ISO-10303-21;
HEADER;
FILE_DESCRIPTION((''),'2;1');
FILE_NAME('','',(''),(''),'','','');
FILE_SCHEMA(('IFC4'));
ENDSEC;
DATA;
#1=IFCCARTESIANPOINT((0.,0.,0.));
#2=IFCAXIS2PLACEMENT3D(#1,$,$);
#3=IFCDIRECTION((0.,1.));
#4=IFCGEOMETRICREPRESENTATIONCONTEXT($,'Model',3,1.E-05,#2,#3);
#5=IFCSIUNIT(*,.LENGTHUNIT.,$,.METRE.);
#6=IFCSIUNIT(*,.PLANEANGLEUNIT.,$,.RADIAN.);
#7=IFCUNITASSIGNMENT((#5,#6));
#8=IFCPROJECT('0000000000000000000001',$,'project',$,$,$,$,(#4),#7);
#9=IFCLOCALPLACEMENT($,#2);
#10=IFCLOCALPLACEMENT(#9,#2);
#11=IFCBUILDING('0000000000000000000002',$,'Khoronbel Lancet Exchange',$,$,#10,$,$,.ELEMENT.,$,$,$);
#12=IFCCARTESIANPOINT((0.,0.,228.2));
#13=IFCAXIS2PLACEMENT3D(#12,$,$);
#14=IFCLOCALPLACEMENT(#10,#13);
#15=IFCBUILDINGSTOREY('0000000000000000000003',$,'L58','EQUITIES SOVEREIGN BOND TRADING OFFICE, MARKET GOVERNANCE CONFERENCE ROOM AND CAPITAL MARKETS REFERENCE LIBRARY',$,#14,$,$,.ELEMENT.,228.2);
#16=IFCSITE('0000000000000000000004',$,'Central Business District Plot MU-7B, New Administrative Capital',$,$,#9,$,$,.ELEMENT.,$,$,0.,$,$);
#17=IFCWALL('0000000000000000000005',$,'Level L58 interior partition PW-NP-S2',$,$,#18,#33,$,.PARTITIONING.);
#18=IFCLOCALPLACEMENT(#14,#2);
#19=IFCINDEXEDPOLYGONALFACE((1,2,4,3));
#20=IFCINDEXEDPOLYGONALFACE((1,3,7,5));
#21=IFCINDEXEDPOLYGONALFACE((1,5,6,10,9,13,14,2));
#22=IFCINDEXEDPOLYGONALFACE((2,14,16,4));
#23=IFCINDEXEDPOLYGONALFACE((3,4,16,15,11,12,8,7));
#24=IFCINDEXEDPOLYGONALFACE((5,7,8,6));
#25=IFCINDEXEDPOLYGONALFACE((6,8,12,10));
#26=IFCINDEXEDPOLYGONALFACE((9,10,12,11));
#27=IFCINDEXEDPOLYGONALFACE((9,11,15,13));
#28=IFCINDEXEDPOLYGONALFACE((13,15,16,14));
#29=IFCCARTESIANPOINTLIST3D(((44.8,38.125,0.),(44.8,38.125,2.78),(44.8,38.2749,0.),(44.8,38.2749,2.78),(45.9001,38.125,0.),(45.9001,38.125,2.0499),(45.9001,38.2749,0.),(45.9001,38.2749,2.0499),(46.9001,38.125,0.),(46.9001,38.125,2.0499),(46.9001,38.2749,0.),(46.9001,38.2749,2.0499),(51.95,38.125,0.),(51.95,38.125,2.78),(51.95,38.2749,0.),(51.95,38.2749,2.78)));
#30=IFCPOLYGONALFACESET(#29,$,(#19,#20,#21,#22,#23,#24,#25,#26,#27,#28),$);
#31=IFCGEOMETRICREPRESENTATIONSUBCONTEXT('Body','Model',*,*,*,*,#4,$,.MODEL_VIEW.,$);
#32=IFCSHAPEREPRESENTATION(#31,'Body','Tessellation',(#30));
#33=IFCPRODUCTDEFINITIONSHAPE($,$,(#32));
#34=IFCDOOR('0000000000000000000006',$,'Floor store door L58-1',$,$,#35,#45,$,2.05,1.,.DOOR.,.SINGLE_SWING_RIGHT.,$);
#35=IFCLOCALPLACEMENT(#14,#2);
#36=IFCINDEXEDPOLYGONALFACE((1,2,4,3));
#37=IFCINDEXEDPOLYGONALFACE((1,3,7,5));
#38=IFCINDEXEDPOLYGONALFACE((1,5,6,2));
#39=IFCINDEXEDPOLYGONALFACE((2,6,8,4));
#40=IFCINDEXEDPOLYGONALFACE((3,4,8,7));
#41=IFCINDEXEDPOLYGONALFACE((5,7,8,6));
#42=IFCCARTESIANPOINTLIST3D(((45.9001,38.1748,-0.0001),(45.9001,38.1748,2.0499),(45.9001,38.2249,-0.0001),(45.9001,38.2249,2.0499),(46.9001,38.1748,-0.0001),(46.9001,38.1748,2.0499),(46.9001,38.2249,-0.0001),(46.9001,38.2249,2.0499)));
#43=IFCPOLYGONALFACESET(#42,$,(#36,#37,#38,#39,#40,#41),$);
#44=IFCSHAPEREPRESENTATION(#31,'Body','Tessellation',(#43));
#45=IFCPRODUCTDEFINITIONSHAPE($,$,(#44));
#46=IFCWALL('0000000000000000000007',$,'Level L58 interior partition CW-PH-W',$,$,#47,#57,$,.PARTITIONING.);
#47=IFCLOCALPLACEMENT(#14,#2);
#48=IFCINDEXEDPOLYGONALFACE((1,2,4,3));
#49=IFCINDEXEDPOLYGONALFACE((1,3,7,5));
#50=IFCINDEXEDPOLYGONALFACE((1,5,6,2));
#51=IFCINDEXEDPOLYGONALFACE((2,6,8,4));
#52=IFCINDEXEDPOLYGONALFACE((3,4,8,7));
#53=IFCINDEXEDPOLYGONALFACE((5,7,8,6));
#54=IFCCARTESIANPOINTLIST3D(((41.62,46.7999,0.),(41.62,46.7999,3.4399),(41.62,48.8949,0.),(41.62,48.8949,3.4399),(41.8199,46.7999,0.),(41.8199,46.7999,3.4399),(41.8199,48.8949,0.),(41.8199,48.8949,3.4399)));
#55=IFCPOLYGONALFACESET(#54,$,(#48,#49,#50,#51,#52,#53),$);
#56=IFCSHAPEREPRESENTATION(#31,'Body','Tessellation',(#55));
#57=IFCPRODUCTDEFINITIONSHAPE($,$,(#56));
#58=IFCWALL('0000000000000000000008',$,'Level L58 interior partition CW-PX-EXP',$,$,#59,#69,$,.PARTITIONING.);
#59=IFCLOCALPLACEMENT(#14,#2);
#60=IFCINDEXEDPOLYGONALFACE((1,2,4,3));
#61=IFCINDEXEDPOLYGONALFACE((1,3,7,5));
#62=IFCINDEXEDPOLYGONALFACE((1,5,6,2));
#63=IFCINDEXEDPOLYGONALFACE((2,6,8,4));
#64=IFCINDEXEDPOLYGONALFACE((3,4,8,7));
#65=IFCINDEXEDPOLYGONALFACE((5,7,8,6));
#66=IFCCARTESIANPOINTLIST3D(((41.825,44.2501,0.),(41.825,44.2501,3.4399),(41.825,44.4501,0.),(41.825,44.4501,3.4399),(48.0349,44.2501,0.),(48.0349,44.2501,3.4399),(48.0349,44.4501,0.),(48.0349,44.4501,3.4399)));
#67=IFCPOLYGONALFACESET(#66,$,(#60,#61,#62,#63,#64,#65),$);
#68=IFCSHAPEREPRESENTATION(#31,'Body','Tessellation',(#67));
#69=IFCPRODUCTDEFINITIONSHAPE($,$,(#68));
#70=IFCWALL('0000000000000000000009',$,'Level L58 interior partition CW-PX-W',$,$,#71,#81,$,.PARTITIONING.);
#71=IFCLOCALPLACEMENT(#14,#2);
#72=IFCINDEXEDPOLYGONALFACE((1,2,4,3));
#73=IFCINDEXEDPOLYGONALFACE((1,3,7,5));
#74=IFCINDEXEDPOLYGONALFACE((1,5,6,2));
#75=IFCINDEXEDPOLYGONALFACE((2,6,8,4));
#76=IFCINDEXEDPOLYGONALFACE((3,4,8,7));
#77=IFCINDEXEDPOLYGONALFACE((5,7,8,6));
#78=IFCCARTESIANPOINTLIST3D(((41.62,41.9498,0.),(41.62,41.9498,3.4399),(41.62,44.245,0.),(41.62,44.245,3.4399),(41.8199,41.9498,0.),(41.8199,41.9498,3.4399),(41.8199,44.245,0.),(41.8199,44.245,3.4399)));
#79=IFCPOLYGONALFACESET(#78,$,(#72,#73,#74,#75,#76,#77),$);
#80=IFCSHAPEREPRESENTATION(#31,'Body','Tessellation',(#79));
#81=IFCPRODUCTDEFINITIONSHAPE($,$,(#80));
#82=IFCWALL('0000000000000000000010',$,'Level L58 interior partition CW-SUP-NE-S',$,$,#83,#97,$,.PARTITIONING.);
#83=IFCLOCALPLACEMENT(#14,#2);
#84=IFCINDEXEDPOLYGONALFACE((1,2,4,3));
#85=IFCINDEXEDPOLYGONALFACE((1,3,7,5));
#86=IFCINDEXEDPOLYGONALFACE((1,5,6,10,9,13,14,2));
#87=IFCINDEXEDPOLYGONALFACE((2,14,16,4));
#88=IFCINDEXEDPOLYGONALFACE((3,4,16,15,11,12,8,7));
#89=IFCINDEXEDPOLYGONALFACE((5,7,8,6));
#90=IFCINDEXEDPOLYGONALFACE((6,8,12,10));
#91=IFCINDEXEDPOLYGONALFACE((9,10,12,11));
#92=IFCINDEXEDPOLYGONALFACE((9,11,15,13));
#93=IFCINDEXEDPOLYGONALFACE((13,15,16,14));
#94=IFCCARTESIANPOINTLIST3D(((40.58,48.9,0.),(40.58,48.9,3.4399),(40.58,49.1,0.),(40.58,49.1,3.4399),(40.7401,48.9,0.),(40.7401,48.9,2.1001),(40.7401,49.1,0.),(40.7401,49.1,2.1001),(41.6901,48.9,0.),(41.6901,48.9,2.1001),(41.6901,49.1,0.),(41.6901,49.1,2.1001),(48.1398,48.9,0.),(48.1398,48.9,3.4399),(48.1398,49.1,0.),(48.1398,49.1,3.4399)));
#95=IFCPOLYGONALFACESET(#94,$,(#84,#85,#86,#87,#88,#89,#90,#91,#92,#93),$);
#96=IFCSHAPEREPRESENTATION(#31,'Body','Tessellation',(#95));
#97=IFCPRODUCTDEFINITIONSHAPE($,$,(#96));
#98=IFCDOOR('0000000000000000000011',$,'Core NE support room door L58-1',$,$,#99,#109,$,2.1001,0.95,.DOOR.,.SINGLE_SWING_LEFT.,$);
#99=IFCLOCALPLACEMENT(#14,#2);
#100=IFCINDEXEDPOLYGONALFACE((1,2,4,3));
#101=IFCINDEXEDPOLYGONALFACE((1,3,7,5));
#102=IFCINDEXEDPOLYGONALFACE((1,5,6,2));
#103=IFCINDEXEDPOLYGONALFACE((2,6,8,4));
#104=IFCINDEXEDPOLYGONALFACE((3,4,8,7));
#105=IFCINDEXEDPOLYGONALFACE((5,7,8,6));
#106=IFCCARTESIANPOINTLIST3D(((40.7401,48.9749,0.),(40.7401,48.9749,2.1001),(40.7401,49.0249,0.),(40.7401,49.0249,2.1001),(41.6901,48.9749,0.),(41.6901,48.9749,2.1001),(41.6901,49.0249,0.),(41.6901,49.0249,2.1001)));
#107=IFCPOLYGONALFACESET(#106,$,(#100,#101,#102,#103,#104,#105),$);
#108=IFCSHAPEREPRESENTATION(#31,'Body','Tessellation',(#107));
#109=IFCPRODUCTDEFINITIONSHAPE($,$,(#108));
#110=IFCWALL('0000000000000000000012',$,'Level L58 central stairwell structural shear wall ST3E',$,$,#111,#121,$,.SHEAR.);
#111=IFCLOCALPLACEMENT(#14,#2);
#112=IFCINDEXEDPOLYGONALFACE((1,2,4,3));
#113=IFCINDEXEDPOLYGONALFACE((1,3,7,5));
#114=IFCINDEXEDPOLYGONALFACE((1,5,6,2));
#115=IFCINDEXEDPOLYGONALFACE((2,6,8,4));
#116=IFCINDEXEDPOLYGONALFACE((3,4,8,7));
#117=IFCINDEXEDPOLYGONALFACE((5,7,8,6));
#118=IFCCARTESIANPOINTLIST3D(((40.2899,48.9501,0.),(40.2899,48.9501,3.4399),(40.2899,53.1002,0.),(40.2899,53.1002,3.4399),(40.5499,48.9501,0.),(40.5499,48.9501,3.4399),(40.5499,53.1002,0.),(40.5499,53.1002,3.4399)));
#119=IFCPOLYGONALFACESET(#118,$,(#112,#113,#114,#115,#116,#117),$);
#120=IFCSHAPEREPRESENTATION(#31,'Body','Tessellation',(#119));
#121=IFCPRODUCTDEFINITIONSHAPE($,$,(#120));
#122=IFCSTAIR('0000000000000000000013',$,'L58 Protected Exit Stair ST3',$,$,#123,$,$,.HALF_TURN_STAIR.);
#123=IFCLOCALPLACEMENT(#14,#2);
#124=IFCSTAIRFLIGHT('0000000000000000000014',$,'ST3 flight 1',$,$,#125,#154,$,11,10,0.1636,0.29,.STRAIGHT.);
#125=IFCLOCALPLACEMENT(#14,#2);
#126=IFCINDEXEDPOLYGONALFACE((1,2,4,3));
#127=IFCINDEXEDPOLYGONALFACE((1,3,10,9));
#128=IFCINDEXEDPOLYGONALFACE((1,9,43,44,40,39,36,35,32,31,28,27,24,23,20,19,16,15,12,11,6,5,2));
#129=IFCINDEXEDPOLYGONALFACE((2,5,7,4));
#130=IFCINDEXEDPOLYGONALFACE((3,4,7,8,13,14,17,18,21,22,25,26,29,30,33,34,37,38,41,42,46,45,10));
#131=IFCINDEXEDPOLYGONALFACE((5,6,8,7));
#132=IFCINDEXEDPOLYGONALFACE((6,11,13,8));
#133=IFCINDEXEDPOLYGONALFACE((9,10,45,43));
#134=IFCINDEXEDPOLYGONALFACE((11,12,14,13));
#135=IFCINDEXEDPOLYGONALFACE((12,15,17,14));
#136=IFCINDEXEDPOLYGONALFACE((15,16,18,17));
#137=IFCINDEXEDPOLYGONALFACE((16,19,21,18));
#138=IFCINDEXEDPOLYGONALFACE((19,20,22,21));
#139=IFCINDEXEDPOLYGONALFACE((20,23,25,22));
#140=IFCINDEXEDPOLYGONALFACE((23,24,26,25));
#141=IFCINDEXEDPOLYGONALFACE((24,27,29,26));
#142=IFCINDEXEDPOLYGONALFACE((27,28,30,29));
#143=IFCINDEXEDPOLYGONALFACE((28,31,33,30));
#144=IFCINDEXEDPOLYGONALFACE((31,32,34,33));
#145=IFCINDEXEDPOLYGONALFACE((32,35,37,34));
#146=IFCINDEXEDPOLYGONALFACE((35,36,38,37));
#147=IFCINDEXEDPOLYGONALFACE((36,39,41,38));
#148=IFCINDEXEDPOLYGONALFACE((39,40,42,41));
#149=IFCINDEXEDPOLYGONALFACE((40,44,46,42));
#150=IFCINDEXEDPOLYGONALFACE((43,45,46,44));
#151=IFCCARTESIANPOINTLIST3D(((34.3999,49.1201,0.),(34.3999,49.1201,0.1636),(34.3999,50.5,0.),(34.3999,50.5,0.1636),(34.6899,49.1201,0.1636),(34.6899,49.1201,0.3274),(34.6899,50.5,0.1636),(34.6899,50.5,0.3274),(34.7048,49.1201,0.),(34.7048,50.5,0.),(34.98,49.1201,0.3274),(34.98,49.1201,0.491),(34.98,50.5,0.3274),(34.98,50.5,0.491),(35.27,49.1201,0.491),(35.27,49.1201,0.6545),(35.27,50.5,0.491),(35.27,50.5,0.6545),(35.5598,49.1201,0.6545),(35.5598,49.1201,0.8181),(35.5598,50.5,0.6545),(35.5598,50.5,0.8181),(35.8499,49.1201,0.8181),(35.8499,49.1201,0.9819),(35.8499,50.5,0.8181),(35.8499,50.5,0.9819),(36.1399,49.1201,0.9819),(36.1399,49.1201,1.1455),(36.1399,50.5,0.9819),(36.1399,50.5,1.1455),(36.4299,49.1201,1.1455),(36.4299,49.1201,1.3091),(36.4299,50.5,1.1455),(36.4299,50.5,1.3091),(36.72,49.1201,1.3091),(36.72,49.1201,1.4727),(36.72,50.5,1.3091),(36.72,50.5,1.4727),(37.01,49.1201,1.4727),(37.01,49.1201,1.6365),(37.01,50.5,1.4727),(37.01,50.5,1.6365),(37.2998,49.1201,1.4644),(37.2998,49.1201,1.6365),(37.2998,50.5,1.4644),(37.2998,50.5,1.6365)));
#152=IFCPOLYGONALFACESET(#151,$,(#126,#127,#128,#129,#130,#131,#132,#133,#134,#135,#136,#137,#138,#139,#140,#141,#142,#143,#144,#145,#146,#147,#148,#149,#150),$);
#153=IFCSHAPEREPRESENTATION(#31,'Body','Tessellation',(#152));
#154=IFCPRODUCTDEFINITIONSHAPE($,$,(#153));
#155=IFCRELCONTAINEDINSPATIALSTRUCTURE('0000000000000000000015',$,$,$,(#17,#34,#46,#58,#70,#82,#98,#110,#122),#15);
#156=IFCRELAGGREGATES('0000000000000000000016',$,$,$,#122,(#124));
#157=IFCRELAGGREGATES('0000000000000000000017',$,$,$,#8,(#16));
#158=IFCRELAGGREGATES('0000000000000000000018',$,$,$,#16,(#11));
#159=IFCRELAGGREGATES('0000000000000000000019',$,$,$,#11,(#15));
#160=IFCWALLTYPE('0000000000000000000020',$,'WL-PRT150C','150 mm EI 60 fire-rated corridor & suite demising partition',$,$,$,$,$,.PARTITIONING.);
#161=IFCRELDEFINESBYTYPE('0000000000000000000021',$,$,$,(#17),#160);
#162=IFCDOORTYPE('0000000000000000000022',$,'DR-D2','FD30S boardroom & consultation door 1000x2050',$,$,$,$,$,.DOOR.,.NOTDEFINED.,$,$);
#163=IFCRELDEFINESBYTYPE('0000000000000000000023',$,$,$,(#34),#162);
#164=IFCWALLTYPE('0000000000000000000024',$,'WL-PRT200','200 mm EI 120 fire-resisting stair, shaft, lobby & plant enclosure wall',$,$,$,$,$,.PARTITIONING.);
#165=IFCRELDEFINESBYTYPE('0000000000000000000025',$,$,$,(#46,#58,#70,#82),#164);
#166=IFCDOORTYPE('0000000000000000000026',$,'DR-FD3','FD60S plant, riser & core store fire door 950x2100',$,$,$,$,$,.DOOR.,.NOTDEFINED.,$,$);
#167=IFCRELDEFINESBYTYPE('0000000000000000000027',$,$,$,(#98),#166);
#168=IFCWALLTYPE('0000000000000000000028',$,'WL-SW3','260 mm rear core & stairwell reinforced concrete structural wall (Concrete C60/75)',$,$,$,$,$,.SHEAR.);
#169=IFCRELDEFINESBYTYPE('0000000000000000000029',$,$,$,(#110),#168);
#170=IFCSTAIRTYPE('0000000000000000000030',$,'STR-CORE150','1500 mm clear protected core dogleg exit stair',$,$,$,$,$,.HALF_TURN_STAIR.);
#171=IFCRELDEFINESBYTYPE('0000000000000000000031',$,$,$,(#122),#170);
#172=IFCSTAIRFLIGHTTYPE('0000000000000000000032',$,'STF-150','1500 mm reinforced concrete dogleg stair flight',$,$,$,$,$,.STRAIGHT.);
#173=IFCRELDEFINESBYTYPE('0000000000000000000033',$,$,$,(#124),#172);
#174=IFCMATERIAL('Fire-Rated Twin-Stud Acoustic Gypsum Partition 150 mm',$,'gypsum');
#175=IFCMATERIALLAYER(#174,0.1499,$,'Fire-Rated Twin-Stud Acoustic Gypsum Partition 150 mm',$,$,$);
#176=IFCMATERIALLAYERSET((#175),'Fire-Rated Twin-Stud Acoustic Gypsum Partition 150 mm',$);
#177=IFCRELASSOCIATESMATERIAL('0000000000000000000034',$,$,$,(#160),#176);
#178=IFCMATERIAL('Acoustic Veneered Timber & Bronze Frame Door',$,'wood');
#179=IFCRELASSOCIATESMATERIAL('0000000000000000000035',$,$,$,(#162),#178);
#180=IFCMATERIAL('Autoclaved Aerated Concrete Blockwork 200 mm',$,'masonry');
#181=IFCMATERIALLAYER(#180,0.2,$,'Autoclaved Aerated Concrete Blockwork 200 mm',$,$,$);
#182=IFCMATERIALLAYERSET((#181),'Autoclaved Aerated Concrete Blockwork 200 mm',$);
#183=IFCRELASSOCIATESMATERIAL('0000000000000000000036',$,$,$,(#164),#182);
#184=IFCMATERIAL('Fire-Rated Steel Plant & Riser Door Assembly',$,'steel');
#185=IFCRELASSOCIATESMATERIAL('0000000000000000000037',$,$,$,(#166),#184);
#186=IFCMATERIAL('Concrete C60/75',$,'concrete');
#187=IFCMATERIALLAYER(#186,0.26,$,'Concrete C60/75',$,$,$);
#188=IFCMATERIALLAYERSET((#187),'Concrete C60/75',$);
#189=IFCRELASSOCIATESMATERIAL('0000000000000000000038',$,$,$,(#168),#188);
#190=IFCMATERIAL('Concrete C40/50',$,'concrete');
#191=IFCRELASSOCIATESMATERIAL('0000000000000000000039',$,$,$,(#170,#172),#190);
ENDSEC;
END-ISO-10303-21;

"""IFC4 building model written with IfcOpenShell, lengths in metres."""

from ifc_helpers import new_model, si_unit, direction, frame, frame_2d, origin, place, context, subcontext, project, spatial, polyline, rectangle, outline, extrude, material, layer, layer_set, type_object, element, fill, aggregate, save


model = new_model("IFC4")

# Units and contexts
model_context = context("Model", 3, precision=1e-05, world=origin(), true_north=direction((0.0, 1.0)))
body_context = subcontext(model_context, "Body", "Model", "MODEL_VIEW")
ifc_project = project(units=[si_unit("LENGTHUNIT", "METRE"), si_unit("PLANEANGLEUNIT", "RADIAN")], contexts=[model_context])

# Site, building, storey
site_placement = place(None, origin())
site = spatial("IfcSite", under=ifc_project, at=site_placement, Name="Central Business District Plot MU-7B, New Administrative Capital", CompositionType="ELEMENT", RefElevation=0.0)
building_placement = place(site_placement, origin())
building = spatial("IfcBuilding", under=site, at=building_placement, Name="Khoronbel Lancet Exchange", CompositionType="ELEMENT")
storey_placement = place(building_placement, frame((0.0, 0.0, 228.2)))
storey = spatial("IfcBuildingStorey", under=building, at=storey_placement, Name="L58", Description="EQUITIES SOVEREIGN BOND TRADING OFFICE, MARKET GOVERNANCE CONFERENCE ROOM AND CAPITAL MARKETS REFERENCE LIBRARY", CompositionType="ELEMENT", Elevation=228.2)

# Shared definitions
ifc_material_1 = material(Name="Concrete C60/75", Category="concrete")

# Wall, opening, door
ifc_material_2 = material(Name="Fire-Rated Twin-Stud Acoustic Gypsum Partition 150 mm", Category="gypsum")
ifc_layer_1 = layer(ifc_material_2, 0.1499, Name="Fire-Rated Twin-Stud Acoustic Gypsum Partition 150 mm")
ifc_layer_set_1 = layer_set([ifc_layer_1], Name="Fire-Rated Twin-Stud Acoustic Gypsum Partition 150 mm")
wall_type_1 = type_object("IfcWallType", Name="WL-PRT150C", Description="150 mm EI 60 fire-rated corridor & suite demising partition", PredefinedType="PARTITIONING", material=ifc_layer_set_1)
wall_1_placement = place(storey_placement, frame((44.8, 38.2, 0.0), z_axis=(0.0, 0.0, 1.0), x_axis=(1.0, 0.0, 0.0)))
wall_1 = element("IfcWall", 1, at=wall_1_placement, inside=storey, type_object=wall_type_1, Name="Level L58 interior partition PW-NP-S2", PredefinedType="PARTITIONING", context=body_context, shape_type="SweptSolid", body=[
    extrude(rectangle(XDim=7.1499, YDim=0.1499, at=frame_2d((3.575, 0.0))), origin(), (0.0, 0.0, 1.0), 2.78),
])
opening_1_placement = place(wall_1_placement, frame((1.1001, 0.0, 0.0)))
opening_1 = element("IfcOpeningElement", 2, at=opening_1_placement, cuts=wall_1, PredefinedType="OPENING", context=body_context, shape_type="SweptSolid", body=[
    extrude(rectangle(XDim=1.0, YDim=2.05, at=frame_2d((0.5, 1.0249))), frame((0.0, 0.085, 0.0), z_axis=(0.0, -1.0, 0.0), x_axis=(1.0, 0.0, 0.0)), (0.0, 0.0, 1.0), 0.1699),
])
ifc_material_3 = material(Name="Acoustic Veneered Timber & Bronze Frame Door", Category="wood")
door_type_1 = type_object("IfcDoorType", Name="DR-D2", Description="FD30S boardroom & consultation door 1000x2050", OperationType="NOTDEFINED", PredefinedType="DOOR", material=ifc_material_3)
door_1_placement = place(opening_1_placement, origin())
door_1 = element("IfcDoor", 3, at=door_1_placement, inside=storey, type_object=door_type_1, Name="Floor store door L58-1", OperationType="SINGLE_SWING_RIGHT", OverallHeight=2.05, OverallWidth=1.0, PredefinedType="DOOR", context=body_context, shape_type="SweptSolid", body=[
    extrude(rectangle(XDim=1.0, YDim=2.05, at=frame_2d((0.5, 1.0249))), frame((0.0, 0.0249, 0.0), z_axis=(0.0, -1.0, 0.0), x_axis=(1.0, 0.0, 0.0)), (0.0, 0.0, 1.0), 0.05),
])
fill(opening_1, door_1)

# Walls
ifc_material_4 = material(Name="Autoclaved Aerated Concrete Blockwork 200 mm", Category="masonry")
ifc_layer_2 = layer(ifc_material_4, 0.2, Name="Autoclaved Aerated Concrete Blockwork 200 mm")
ifc_layer_set_2 = layer_set([ifc_layer_2], Name="Autoclaved Aerated Concrete Blockwork 200 mm")
wall_type_2 = type_object("IfcWallType", Name="WL-PRT200", Description="200 mm EI 120 fire-resisting stair, shaft, lobby & plant enclosure wall", PredefinedType="PARTITIONING", material=ifc_layer_set_2)
wall_2_placement = place(storey_placement, frame((41.72, 46.8, 0.0), z_axis=(0.0, 0.0, 1.0), x_axis=(0.0, 1.0, 0.0)))
element("IfcWall", 4, at=wall_2_placement, inside=storey, type_object=wall_type_2, Name="Level L58 interior partition CW-PH-W", PredefinedType="PARTITIONING", context=body_context, shape_type="SweptSolid", body=[
    extrude(rectangle(XDim=2.095, YDim=0.2, at=frame_2d((1.0474, 0.0))), origin(), (0.0, 0.0, 1.0), 3.4399),
])
wall_3_placement = place(storey_placement, frame((41.825, 44.3501, 0.0), z_axis=(0.0, 0.0, 1.0), x_axis=(1.0, 0.0, 0.0)))
element("IfcWall", 5, at=wall_3_placement, inside=storey, type_object=wall_type_2, Name="Level L58 interior partition CW-PX-EXP", PredefinedType="PARTITIONING", context=body_context, shape_type="SweptSolid", body=[
    extrude(rectangle(XDim=6.21, YDim=0.2, at=frame_2d((3.105, 0.0))), origin(), (0.0, 0.0, 1.0), 3.4399),
])
wall_4_placement = place(storey_placement, frame((41.72, 41.95, 0.0), z_axis=(0.0, 0.0, 1.0), x_axis=(0.0, 1.0, 0.0)))
element("IfcWall", 6, at=wall_4_placement, inside=storey, type_object=wall_type_2, Name="Level L58 interior partition CW-PX-W", PredefinedType="PARTITIONING", context=body_context, shape_type="SweptSolid", body=[
    extrude(rectangle(XDim=2.2952, YDim=0.2, at=frame_2d((1.1475, 0.0))), origin(), (0.0, 0.0, 1.0), 3.4399),
])

# Wall, opening, door
wall_5_placement = place(storey_placement, frame((40.5801, 49.0, 0.0), z_axis=(0.0, 0.0, 1.0), x_axis=(1.0, 0.0, 0.0)))
wall_5 = element("IfcWall", 7, at=wall_5_placement, inside=storey, type_object=wall_type_2, Name="Level L58 interior partition CW-SUP-NE-S", PredefinedType="PARTITIONING", context=body_context, shape_type="SweptSolid", body=[
    extrude(rectangle(XDim=7.5598, YDim=0.2, at=frame_2d((3.7798, 0.0))), origin(), (0.0, 0.0, 1.0), 3.4399),
])
opening_2_placement = place(wall_5_placement, frame((0.1599, 0.0, 0.0)))
opening_2 = element("IfcOpeningElement", 8, at=opening_2_placement, cuts=wall_5, PredefinedType="OPENING", context=body_context, shape_type="SweptSolid", body=[
    extrude(rectangle(XDim=0.95, YDim=2.1001, at=frame_2d((0.4751, 1.05))), frame((0.0, 0.1099, 0.0), z_axis=(0.0, -1.0, 0.0), x_axis=(1.0, 0.0, 0.0)), (0.0, 0.0, 1.0), 0.22),
])
ifc_material_5 = material(Name="Fire-Rated Steel Plant & Riser Door Assembly", Category="steel")
door_type_2 = type_object("IfcDoorType", Name="DR-FD3", Description="FD60S plant, riser & core store fire door 950x2100", OperationType="NOTDEFINED", PredefinedType="DOOR", material=ifc_material_5)
door_2_placement = place(opening_2_placement, origin())
door_2 = element("IfcDoor", 9, at=door_2_placement, inside=storey, type_object=door_type_2, Name="Core NE support room door L58-1", OperationType="SINGLE_SWING_LEFT", OverallHeight=2.1001, OverallWidth=0.95, PredefinedType="DOOR", context=body_context, shape_type="SweptSolid", body=[
    extrude(rectangle(XDim=0.95, YDim=2.1001, at=frame_2d((0.4751, 1.05))), frame((0.0, 0.0249, 0.0), z_axis=(0.0, -1.0, 0.0), x_axis=(1.0, 0.0, 0.0)), (0.0, 0.0, 1.0), 0.05),
])
fill(opening_2, door_2)

# Wall
ifc_layer_3 = layer(ifc_material_1, 0.26, Name="Concrete C60/75")
ifc_layer_set_3 = layer_set([ifc_layer_3], Name="Concrete C60/75")
wall_type_3 = type_object("IfcWallType", Name="WL-SW3", Description="260 mm rear core & stairwell reinforced concrete structural wall (Concrete C60/75)", PredefinedType="SHEAR", material=ifc_layer_set_3)
wall_6_placement = place(storey_placement, frame((40.4199, 48.95, 0.0), z_axis=(0.0, 0.0, 1.0), x_axis=(0.0, 1.0, 0.0)))
element("IfcWall", 10, at=wall_6_placement, inside=storey, type_object=wall_type_3, Name="Level L58 central stairwell structural shear wall ST3E", PredefinedType="SHEAR", context=body_context, shape_type="SweptSolid", body=[
    extrude(rectangle(XDim=4.1501, YDim=0.26, at=frame_2d((2.0752, 0.0))), origin(), (0.0, 0.0, 1.0), 3.4399),
])

# Stair, stair flight
ifc_material_6 = material(Name="Concrete C40/50", Category="concrete")
stair_type = type_object("IfcStairType", Name="STR-CORE150", Description="1500 mm clear protected core dogleg exit stair", PredefinedType="HALF_TURN_STAIR", material=ifc_material_6)
stair_placement = place(storey_placement, origin())
stair = element("IfcStair", 11, at=stair_placement, inside=storey, type_object=stair_type, Name="L58 Protected Exit Stair ST3", PredefinedType="HALF_TURN_STAIR")
stair_flight_type = type_object("IfcStairFlightType", Name="STF-150", Description="1500 mm reinforced concrete dogleg stair flight", PredefinedType="STRAIGHT", material=ifc_material_6)
stair_flight_1_placement = place(storey_placement, frame((34.3999, 49.8101, 0.0), z_axis=(0.0, 0.0, 1.0), x_axis=(1.0, 0.0, 0.0)))
stair_flight_1 = element("IfcStairFlight", 12, at=stair_flight_1_placement, type_object=stair_flight_type, Name="ST3 flight 1", NumberOfRisers=11, NumberOfTreads=10, PredefinedType="STRAIGHT", RiserHeight=0.1636, TreadLength=0.29, context=body_context, shape_type="SweptSolid", body=[
    extrude(outline(polyline([(0.0, 0.0), (0.0, 0.1636), (0.29, 0.1636), (0.29, 0.3274), (0.5801, 0.3274), (0.5801, 0.491), (0.8701, 0.491), (0.8701, 0.6545), (1.1599, 0.6545), (1.1599, 0.8181), (1.45, 0.8181), (1.45, 0.9819), (1.74, 0.9819), (1.74, 1.1455), (2.03, 1.1455), (2.03, 1.3091), (2.3201, 1.3091), (2.3201, 1.4727), (2.6101, 1.4727), (2.6101, 1.6365), (2.8999, 1.6365), (2.8999, 1.8), (2.8999, 1.4644), (0.3049, 0.0), (0.0, 0.0)])), frame((0.0, 0.6899, 0.0), z_axis=(0.0, -1.0, 0.0), x_axis=(1.0, 0.0, 0.0)), (0.0, 0.0, 1.0), 1.3799),
])
aggregate(stair, [stair_flight_1])

save(model, "model.ifc")
